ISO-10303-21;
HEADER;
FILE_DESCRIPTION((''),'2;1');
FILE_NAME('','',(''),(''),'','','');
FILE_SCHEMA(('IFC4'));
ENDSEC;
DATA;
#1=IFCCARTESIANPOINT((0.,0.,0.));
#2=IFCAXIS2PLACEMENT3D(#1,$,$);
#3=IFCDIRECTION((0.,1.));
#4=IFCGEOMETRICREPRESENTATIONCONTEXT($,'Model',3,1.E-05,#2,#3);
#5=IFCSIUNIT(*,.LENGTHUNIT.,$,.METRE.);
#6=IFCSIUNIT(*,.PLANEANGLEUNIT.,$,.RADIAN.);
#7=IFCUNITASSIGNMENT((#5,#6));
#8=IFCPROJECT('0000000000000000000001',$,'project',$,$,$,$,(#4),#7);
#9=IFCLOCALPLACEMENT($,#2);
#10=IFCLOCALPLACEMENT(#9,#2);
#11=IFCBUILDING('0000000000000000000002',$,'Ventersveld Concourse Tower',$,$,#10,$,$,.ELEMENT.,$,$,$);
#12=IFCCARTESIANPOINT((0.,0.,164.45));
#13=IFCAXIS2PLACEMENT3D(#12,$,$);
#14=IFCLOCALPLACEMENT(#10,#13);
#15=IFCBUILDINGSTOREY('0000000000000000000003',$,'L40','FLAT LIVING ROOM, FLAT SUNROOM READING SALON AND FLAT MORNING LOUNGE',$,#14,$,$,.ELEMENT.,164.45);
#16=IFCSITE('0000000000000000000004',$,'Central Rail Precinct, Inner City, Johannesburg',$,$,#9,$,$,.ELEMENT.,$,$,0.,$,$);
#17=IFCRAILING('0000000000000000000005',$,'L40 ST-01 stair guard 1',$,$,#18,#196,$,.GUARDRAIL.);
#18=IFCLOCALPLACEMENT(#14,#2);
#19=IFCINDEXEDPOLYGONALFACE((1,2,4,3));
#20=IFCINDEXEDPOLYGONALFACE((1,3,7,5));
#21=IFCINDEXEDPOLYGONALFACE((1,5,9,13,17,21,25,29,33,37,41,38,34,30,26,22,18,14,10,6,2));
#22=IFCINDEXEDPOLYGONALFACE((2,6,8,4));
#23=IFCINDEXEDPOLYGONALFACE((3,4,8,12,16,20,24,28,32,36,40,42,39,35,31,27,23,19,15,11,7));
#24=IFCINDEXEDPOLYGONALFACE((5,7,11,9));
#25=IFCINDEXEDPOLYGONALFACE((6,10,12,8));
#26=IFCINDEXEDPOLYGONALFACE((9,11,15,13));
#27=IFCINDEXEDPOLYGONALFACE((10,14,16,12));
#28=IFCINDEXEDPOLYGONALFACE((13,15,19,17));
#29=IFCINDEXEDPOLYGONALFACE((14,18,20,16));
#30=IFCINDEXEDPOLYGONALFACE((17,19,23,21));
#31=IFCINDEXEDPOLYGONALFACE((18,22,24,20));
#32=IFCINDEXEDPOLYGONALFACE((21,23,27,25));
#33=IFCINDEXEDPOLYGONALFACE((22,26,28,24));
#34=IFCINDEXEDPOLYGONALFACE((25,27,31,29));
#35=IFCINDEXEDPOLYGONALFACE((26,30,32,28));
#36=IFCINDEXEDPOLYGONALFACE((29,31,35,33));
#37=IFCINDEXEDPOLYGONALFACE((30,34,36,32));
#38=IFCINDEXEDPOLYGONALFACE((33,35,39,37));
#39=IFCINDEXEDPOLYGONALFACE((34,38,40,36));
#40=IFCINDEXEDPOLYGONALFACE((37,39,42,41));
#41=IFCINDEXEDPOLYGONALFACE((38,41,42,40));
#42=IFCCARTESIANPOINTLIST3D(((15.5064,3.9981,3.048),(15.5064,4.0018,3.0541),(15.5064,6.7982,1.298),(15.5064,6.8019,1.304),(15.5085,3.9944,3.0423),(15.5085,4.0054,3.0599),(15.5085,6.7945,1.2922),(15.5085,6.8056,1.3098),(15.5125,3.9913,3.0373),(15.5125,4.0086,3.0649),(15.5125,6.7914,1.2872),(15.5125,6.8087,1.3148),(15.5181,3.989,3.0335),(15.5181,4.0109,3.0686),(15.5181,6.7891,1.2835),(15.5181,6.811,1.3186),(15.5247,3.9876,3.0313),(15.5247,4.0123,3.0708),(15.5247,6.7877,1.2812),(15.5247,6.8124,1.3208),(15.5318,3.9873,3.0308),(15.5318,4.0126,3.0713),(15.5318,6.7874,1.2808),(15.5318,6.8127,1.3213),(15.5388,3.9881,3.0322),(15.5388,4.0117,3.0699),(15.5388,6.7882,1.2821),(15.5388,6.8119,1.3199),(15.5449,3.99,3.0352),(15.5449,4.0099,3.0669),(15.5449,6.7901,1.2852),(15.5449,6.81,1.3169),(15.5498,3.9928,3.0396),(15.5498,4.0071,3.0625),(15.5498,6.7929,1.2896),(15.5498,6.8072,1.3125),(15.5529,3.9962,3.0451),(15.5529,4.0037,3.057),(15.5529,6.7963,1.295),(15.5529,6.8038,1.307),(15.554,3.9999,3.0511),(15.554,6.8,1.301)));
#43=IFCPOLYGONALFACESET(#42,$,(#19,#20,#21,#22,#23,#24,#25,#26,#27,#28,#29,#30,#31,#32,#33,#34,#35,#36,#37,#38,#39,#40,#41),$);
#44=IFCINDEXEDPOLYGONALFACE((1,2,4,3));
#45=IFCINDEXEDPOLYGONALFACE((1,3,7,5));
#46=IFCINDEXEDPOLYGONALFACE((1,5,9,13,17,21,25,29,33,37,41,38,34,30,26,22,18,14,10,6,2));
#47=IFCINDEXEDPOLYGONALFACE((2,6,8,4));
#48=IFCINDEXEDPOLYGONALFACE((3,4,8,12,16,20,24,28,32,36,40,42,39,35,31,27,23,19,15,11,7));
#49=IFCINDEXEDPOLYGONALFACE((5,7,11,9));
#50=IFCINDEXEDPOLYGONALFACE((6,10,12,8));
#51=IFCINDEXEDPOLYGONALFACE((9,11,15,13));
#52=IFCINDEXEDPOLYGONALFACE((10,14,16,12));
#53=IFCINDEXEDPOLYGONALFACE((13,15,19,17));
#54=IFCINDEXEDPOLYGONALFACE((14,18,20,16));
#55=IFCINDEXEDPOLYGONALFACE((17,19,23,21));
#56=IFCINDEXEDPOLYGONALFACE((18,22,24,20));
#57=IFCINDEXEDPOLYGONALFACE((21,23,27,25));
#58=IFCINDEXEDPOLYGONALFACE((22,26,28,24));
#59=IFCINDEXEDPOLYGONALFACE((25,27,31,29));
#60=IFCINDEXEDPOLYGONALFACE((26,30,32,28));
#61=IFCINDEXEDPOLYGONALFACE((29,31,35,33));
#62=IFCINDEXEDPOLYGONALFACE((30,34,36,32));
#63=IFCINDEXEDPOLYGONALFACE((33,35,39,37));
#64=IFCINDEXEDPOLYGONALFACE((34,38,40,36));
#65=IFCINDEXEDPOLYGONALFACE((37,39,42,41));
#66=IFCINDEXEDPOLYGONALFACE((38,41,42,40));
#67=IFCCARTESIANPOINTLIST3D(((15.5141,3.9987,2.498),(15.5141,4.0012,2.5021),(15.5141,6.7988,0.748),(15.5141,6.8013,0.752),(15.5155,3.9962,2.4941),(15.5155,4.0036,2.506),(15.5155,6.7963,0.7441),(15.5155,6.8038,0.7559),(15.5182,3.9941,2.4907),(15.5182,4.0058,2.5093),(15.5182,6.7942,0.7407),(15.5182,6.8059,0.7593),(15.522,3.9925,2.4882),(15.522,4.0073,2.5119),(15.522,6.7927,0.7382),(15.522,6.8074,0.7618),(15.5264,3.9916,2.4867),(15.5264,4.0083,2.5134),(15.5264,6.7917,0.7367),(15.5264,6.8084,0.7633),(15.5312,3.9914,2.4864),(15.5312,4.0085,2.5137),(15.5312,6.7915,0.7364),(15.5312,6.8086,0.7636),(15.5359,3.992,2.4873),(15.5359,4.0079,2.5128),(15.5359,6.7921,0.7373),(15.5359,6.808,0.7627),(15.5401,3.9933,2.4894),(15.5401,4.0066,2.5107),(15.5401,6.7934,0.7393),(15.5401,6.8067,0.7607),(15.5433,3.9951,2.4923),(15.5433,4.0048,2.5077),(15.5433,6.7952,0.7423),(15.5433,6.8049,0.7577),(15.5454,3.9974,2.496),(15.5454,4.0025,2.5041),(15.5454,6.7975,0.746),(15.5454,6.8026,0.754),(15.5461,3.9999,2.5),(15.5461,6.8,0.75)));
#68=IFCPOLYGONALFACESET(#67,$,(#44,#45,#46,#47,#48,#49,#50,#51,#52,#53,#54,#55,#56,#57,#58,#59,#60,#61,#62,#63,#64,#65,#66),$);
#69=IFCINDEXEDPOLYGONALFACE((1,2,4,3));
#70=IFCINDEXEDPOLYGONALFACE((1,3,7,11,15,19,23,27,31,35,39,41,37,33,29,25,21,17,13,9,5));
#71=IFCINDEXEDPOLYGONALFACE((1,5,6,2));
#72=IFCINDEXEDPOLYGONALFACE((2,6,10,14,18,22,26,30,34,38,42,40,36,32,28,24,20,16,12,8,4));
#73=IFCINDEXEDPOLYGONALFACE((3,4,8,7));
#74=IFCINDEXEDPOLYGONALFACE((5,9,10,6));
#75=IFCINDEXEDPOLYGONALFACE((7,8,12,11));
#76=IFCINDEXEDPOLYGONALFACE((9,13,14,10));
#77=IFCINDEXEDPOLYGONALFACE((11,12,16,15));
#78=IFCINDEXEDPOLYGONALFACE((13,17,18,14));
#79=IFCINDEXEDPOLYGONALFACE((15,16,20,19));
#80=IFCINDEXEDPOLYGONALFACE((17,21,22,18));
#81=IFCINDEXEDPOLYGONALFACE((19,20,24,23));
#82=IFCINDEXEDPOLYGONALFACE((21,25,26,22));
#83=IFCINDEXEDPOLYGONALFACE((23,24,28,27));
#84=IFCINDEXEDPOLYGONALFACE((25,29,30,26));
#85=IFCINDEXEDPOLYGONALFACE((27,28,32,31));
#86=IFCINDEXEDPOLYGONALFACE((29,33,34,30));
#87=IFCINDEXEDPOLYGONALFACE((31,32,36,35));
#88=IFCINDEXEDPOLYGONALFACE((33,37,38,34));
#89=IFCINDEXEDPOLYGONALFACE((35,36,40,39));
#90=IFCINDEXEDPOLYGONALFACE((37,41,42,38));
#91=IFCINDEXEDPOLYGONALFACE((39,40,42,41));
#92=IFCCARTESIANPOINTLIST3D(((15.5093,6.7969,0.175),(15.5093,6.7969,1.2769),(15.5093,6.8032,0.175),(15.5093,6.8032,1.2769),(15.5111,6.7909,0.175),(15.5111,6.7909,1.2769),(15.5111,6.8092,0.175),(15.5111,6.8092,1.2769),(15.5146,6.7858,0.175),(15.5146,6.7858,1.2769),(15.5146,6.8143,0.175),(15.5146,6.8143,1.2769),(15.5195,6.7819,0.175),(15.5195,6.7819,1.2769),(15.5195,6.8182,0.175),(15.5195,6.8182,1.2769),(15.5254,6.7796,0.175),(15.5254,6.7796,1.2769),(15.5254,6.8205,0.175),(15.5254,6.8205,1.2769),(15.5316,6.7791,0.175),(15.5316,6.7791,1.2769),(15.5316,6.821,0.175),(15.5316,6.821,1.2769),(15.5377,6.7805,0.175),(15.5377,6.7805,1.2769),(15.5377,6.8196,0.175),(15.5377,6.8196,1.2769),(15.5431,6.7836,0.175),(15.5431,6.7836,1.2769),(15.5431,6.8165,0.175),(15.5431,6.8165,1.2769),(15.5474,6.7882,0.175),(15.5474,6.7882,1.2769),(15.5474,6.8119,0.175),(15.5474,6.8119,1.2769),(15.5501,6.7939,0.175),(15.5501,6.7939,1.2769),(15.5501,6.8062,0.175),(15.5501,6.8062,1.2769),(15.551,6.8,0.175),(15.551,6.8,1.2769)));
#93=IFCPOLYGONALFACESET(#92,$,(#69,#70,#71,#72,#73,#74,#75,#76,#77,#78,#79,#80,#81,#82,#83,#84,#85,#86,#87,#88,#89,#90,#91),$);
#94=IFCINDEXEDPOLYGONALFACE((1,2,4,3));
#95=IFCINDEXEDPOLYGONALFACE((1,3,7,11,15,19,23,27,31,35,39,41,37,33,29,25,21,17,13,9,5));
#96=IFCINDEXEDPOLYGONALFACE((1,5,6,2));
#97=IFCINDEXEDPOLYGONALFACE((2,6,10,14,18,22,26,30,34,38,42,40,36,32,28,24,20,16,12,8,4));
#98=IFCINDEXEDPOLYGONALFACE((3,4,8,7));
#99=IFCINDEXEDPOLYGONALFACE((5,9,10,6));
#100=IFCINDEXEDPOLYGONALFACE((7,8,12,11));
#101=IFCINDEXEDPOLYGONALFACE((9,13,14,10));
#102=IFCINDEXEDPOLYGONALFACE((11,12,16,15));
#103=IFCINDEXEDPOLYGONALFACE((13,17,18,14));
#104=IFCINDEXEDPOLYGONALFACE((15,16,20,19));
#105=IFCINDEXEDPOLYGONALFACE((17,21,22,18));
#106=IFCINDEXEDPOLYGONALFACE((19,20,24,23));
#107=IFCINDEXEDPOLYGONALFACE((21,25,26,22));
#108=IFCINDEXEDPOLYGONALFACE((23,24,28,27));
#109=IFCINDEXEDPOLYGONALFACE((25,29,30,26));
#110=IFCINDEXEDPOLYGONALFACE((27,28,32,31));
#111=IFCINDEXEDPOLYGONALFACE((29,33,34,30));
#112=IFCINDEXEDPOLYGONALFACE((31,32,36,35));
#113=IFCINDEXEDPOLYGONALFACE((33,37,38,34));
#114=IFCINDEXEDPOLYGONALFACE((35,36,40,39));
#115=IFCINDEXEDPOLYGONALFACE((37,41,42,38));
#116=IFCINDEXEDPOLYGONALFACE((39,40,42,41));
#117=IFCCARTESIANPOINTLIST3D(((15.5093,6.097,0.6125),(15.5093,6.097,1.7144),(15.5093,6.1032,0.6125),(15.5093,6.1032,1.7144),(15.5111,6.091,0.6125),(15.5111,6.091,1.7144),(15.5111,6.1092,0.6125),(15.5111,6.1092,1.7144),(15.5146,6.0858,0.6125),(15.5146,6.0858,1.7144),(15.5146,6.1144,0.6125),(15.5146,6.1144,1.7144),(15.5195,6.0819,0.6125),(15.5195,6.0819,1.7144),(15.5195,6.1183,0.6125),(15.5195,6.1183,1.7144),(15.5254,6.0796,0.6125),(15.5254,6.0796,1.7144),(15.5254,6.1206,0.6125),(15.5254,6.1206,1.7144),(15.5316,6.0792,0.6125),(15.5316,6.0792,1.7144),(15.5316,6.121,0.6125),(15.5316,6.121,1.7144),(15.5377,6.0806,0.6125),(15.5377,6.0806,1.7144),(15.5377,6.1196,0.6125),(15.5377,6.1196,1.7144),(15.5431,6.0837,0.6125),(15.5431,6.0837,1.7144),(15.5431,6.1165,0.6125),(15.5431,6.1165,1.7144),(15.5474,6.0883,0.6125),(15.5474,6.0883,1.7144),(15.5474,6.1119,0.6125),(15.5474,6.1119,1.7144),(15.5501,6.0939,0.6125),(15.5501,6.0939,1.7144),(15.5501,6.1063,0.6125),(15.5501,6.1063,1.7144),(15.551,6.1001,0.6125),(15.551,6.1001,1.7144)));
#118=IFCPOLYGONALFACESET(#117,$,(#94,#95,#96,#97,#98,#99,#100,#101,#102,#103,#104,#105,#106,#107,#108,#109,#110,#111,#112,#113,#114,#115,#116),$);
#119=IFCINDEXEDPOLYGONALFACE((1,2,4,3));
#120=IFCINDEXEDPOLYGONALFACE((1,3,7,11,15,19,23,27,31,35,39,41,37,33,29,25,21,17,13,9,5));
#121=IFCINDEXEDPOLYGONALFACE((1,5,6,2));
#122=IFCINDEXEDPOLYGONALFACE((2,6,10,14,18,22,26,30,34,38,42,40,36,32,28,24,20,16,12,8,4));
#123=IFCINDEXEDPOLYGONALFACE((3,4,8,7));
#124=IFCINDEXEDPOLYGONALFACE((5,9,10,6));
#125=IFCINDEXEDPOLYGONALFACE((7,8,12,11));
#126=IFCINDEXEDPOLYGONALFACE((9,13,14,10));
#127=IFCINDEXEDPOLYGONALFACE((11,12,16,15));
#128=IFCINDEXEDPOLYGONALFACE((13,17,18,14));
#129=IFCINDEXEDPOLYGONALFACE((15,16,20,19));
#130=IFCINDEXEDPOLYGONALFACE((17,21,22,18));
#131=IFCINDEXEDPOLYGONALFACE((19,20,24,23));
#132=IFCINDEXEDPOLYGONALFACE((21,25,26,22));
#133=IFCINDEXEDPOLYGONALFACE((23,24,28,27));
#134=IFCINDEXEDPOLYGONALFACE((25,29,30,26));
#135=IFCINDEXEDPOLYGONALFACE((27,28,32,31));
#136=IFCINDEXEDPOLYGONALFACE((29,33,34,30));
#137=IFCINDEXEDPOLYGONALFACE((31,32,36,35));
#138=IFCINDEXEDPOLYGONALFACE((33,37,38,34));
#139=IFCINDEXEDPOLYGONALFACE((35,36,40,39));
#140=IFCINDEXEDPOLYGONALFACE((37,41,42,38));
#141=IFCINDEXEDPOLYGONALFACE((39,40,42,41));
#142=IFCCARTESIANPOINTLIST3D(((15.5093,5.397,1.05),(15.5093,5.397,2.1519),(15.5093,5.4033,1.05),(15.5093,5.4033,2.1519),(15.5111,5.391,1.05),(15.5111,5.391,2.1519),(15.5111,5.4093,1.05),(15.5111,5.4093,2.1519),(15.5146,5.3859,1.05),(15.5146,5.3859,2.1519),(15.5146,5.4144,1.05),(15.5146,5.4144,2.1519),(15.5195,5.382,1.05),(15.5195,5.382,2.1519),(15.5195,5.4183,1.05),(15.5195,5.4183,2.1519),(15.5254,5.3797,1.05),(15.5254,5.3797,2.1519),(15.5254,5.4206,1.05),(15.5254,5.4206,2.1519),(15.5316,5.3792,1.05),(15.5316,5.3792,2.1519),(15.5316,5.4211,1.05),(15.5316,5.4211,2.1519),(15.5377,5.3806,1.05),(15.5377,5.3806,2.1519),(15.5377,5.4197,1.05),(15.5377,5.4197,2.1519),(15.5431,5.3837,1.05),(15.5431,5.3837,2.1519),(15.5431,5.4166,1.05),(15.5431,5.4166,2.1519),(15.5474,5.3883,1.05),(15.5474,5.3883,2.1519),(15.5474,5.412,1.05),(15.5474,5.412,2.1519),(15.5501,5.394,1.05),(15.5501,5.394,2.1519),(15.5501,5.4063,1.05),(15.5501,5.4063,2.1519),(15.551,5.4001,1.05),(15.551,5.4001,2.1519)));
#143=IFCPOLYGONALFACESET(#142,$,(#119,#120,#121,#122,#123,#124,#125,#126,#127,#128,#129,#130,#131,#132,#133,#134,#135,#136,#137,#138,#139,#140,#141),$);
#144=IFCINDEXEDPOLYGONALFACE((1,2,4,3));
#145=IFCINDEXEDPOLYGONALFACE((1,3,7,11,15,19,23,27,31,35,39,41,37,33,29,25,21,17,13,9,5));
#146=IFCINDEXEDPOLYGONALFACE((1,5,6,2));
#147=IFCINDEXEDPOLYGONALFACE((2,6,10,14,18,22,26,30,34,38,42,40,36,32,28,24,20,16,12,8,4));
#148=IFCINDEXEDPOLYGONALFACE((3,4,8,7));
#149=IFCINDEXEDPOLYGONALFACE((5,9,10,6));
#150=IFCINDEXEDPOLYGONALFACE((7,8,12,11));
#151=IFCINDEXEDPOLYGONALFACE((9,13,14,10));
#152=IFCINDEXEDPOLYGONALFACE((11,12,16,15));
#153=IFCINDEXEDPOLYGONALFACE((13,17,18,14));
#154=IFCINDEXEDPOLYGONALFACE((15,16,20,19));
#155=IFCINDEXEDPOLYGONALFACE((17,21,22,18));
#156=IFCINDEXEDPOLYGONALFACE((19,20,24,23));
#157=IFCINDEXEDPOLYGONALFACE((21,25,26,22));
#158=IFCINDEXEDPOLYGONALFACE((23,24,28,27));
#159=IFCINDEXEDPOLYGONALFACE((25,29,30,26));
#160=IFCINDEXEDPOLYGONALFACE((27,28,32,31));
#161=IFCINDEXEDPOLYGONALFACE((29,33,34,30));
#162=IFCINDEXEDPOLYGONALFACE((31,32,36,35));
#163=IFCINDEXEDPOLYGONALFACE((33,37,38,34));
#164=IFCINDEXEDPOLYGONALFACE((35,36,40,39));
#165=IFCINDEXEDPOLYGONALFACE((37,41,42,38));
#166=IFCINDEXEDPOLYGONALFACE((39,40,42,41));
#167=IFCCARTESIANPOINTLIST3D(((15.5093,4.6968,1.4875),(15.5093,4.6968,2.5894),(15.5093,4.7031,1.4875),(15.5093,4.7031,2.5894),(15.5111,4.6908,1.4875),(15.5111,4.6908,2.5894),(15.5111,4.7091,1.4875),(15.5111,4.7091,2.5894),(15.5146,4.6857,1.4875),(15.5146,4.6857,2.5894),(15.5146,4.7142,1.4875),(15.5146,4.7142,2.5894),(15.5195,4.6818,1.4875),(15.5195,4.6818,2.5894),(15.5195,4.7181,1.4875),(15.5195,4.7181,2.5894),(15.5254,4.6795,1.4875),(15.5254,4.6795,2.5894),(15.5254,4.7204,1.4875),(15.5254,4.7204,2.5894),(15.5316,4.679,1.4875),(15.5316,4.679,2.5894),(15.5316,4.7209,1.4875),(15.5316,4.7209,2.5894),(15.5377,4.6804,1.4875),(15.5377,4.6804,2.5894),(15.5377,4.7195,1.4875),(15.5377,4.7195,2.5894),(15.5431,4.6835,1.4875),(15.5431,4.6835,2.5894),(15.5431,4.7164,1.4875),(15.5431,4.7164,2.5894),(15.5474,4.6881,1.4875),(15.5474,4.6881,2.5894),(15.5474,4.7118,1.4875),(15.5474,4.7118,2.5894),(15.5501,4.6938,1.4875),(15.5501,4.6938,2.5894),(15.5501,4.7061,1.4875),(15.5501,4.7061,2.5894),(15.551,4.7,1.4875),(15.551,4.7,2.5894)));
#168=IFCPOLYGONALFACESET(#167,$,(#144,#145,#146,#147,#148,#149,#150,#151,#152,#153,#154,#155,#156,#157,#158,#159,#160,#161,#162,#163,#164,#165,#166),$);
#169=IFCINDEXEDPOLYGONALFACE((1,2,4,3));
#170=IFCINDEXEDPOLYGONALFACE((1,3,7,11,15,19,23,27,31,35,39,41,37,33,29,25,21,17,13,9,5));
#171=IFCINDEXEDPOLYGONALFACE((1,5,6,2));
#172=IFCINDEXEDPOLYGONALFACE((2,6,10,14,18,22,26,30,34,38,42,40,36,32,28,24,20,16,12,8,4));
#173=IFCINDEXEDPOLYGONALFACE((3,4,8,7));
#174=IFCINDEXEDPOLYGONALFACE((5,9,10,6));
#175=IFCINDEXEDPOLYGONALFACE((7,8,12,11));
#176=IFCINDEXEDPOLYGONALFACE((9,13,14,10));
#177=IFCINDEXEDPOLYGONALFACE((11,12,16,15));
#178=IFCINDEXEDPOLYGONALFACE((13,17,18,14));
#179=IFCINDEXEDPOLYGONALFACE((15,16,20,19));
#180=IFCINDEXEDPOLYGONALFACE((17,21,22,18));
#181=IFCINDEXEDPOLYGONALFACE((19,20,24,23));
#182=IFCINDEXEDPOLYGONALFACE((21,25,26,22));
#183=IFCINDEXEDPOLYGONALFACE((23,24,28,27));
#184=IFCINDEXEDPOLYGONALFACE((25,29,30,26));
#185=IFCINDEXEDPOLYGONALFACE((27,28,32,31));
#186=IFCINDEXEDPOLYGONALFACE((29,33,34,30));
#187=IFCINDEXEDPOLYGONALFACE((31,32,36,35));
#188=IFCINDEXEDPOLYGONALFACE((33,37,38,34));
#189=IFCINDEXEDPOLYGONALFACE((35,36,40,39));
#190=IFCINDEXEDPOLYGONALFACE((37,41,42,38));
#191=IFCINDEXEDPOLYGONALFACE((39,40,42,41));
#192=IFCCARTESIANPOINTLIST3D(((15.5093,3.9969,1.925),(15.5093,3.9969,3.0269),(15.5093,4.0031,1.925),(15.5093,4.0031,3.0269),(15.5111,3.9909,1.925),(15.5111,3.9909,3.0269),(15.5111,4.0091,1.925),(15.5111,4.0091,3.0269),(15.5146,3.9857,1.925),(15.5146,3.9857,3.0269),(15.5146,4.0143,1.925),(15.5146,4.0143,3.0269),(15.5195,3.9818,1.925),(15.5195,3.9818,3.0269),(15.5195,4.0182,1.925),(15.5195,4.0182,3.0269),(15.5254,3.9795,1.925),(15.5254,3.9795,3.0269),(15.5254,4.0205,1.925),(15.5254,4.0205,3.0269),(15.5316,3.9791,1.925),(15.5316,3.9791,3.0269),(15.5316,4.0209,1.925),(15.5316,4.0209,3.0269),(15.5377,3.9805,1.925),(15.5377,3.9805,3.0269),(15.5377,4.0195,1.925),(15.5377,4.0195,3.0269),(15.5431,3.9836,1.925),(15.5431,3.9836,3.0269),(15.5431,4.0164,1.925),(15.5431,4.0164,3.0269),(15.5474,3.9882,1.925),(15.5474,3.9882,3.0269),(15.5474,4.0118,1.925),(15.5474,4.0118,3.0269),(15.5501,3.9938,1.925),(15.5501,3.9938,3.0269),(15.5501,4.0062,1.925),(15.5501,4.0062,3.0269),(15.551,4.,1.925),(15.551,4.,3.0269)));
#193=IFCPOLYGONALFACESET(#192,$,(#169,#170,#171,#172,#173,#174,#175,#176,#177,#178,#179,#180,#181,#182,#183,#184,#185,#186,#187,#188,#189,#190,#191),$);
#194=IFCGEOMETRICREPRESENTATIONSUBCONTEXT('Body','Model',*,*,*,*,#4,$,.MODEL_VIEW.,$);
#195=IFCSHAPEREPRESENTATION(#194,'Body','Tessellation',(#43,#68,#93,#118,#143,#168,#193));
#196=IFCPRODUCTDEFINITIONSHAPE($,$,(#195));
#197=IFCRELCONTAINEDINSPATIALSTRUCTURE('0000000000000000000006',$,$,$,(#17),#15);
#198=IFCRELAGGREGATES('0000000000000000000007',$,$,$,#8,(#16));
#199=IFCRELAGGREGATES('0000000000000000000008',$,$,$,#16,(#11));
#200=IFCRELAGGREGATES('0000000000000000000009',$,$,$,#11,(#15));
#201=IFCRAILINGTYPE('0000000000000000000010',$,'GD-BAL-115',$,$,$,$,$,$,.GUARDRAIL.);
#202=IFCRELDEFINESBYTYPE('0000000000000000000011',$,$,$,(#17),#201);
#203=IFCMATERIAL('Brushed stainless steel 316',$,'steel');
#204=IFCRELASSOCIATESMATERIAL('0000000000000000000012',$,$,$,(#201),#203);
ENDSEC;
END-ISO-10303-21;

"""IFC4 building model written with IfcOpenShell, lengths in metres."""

from ifc_helpers import new_model, si_unit, direction, frame, origin, origin_2d, place, context, subcontext, project, spatial, circle, extrude, material, type_object, element, save


model = new_model("IFC4")

# Units and contexts
model_context = context("Model", 3, precision=1e-05, world=origin(), true_north=direction((0.0, 1.0)))
body_context = subcontext(model_context, "Body", "Model", "MODEL_VIEW")
ifc_project = project(units=[si_unit("LENGTHUNIT", "METRE"), si_unit("PLANEANGLEUNIT", "RADIAN")], contexts=[model_context])

# Site, building, storey
site_placement = place(None, origin())
site = spatial("IfcSite", under=ifc_project, at=site_placement, Name="Central Rail Precinct, Inner City, Johannesburg", CompositionType="ELEMENT", RefElevation=0.0)
building_placement = place(site_placement, origin())
building = spatial("IfcBuilding", under=site, at=building_placement, Name="Ventersveld Concourse Tower", CompositionType="ELEMENT")
storey_placement = place(building_placement, frame((0.0, 0.0, 164.45)))
storey = spatial("IfcBuildingStorey", under=building, at=storey_placement, Name="L40", Description="FLAT LIVING ROOM, FLAT SUNROOM READING SALON AND FLAT MORNING LOUNGE", CompositionType="ELEMENT", Elevation=164.45)

# Railing
ifc_material_1 = material(Name="Brushed stainless steel 316", Category="steel")
railing_type_1 = type_object("IfcRailingType", Name="GD-BAL-115", PredefinedType="GUARDRAIL", material=ifc_material_1)
railing_1_placement = place(storey_placement, frame((15.53, 6.8, 0.175)))
element("IfcRailing", 1, at=railing_1_placement, inside=storey, type_object=railing_type_1, Name="L40 ST-01 stair guard 1", PredefinedType="GUARDRAIL", context=body_context, shape_type="SweptSolid", body=[
    extrude(circle(Radius=0.0239, at=origin_2d()), frame((0.0, 0.0, 1.126), z_axis=(0.0, -0.848002, 0.529992), x_axis=(1.0, 0.0, 0.0)), (0.0, 0.0, 1.0), 3.302),
    extrude(circle(Radius=0.0161, at=origin_2d()), frame((0.0, 0.0, 0.575), z_axis=(0.0, -0.848002, 0.529992), x_axis=(1.0, 0.0, 0.0)), (0.0, 0.0, 1.0), 3.302),
    extrude(circle(Radius=0.021, at=origin_2d()), origin(), (0.0, 0.0, 1.0), 1.1018),
    extrude(circle(Radius=0.021, at=origin_2d()), frame((0.0, -0.7, 0.4375)), (0.0, 0.0, 1.0), 1.1018),
    extrude(circle(Radius=0.021, at=origin_2d()), frame((0.0, -1.3999, 0.875)), (0.0, 0.0, 1.0), 1.1018),
    extrude(circle(Radius=0.021, at=origin_2d()), frame((0.0, -2.1001, 1.3125)), (0.0, 0.0, 1.0), 1.1018),
    extrude(circle(Radius=0.021, at=origin_2d()), frame((0.0, -2.8, 1.75)), (0.0, 0.0, 1.0), 1.1018),
])

save(model, "model.ifc")
